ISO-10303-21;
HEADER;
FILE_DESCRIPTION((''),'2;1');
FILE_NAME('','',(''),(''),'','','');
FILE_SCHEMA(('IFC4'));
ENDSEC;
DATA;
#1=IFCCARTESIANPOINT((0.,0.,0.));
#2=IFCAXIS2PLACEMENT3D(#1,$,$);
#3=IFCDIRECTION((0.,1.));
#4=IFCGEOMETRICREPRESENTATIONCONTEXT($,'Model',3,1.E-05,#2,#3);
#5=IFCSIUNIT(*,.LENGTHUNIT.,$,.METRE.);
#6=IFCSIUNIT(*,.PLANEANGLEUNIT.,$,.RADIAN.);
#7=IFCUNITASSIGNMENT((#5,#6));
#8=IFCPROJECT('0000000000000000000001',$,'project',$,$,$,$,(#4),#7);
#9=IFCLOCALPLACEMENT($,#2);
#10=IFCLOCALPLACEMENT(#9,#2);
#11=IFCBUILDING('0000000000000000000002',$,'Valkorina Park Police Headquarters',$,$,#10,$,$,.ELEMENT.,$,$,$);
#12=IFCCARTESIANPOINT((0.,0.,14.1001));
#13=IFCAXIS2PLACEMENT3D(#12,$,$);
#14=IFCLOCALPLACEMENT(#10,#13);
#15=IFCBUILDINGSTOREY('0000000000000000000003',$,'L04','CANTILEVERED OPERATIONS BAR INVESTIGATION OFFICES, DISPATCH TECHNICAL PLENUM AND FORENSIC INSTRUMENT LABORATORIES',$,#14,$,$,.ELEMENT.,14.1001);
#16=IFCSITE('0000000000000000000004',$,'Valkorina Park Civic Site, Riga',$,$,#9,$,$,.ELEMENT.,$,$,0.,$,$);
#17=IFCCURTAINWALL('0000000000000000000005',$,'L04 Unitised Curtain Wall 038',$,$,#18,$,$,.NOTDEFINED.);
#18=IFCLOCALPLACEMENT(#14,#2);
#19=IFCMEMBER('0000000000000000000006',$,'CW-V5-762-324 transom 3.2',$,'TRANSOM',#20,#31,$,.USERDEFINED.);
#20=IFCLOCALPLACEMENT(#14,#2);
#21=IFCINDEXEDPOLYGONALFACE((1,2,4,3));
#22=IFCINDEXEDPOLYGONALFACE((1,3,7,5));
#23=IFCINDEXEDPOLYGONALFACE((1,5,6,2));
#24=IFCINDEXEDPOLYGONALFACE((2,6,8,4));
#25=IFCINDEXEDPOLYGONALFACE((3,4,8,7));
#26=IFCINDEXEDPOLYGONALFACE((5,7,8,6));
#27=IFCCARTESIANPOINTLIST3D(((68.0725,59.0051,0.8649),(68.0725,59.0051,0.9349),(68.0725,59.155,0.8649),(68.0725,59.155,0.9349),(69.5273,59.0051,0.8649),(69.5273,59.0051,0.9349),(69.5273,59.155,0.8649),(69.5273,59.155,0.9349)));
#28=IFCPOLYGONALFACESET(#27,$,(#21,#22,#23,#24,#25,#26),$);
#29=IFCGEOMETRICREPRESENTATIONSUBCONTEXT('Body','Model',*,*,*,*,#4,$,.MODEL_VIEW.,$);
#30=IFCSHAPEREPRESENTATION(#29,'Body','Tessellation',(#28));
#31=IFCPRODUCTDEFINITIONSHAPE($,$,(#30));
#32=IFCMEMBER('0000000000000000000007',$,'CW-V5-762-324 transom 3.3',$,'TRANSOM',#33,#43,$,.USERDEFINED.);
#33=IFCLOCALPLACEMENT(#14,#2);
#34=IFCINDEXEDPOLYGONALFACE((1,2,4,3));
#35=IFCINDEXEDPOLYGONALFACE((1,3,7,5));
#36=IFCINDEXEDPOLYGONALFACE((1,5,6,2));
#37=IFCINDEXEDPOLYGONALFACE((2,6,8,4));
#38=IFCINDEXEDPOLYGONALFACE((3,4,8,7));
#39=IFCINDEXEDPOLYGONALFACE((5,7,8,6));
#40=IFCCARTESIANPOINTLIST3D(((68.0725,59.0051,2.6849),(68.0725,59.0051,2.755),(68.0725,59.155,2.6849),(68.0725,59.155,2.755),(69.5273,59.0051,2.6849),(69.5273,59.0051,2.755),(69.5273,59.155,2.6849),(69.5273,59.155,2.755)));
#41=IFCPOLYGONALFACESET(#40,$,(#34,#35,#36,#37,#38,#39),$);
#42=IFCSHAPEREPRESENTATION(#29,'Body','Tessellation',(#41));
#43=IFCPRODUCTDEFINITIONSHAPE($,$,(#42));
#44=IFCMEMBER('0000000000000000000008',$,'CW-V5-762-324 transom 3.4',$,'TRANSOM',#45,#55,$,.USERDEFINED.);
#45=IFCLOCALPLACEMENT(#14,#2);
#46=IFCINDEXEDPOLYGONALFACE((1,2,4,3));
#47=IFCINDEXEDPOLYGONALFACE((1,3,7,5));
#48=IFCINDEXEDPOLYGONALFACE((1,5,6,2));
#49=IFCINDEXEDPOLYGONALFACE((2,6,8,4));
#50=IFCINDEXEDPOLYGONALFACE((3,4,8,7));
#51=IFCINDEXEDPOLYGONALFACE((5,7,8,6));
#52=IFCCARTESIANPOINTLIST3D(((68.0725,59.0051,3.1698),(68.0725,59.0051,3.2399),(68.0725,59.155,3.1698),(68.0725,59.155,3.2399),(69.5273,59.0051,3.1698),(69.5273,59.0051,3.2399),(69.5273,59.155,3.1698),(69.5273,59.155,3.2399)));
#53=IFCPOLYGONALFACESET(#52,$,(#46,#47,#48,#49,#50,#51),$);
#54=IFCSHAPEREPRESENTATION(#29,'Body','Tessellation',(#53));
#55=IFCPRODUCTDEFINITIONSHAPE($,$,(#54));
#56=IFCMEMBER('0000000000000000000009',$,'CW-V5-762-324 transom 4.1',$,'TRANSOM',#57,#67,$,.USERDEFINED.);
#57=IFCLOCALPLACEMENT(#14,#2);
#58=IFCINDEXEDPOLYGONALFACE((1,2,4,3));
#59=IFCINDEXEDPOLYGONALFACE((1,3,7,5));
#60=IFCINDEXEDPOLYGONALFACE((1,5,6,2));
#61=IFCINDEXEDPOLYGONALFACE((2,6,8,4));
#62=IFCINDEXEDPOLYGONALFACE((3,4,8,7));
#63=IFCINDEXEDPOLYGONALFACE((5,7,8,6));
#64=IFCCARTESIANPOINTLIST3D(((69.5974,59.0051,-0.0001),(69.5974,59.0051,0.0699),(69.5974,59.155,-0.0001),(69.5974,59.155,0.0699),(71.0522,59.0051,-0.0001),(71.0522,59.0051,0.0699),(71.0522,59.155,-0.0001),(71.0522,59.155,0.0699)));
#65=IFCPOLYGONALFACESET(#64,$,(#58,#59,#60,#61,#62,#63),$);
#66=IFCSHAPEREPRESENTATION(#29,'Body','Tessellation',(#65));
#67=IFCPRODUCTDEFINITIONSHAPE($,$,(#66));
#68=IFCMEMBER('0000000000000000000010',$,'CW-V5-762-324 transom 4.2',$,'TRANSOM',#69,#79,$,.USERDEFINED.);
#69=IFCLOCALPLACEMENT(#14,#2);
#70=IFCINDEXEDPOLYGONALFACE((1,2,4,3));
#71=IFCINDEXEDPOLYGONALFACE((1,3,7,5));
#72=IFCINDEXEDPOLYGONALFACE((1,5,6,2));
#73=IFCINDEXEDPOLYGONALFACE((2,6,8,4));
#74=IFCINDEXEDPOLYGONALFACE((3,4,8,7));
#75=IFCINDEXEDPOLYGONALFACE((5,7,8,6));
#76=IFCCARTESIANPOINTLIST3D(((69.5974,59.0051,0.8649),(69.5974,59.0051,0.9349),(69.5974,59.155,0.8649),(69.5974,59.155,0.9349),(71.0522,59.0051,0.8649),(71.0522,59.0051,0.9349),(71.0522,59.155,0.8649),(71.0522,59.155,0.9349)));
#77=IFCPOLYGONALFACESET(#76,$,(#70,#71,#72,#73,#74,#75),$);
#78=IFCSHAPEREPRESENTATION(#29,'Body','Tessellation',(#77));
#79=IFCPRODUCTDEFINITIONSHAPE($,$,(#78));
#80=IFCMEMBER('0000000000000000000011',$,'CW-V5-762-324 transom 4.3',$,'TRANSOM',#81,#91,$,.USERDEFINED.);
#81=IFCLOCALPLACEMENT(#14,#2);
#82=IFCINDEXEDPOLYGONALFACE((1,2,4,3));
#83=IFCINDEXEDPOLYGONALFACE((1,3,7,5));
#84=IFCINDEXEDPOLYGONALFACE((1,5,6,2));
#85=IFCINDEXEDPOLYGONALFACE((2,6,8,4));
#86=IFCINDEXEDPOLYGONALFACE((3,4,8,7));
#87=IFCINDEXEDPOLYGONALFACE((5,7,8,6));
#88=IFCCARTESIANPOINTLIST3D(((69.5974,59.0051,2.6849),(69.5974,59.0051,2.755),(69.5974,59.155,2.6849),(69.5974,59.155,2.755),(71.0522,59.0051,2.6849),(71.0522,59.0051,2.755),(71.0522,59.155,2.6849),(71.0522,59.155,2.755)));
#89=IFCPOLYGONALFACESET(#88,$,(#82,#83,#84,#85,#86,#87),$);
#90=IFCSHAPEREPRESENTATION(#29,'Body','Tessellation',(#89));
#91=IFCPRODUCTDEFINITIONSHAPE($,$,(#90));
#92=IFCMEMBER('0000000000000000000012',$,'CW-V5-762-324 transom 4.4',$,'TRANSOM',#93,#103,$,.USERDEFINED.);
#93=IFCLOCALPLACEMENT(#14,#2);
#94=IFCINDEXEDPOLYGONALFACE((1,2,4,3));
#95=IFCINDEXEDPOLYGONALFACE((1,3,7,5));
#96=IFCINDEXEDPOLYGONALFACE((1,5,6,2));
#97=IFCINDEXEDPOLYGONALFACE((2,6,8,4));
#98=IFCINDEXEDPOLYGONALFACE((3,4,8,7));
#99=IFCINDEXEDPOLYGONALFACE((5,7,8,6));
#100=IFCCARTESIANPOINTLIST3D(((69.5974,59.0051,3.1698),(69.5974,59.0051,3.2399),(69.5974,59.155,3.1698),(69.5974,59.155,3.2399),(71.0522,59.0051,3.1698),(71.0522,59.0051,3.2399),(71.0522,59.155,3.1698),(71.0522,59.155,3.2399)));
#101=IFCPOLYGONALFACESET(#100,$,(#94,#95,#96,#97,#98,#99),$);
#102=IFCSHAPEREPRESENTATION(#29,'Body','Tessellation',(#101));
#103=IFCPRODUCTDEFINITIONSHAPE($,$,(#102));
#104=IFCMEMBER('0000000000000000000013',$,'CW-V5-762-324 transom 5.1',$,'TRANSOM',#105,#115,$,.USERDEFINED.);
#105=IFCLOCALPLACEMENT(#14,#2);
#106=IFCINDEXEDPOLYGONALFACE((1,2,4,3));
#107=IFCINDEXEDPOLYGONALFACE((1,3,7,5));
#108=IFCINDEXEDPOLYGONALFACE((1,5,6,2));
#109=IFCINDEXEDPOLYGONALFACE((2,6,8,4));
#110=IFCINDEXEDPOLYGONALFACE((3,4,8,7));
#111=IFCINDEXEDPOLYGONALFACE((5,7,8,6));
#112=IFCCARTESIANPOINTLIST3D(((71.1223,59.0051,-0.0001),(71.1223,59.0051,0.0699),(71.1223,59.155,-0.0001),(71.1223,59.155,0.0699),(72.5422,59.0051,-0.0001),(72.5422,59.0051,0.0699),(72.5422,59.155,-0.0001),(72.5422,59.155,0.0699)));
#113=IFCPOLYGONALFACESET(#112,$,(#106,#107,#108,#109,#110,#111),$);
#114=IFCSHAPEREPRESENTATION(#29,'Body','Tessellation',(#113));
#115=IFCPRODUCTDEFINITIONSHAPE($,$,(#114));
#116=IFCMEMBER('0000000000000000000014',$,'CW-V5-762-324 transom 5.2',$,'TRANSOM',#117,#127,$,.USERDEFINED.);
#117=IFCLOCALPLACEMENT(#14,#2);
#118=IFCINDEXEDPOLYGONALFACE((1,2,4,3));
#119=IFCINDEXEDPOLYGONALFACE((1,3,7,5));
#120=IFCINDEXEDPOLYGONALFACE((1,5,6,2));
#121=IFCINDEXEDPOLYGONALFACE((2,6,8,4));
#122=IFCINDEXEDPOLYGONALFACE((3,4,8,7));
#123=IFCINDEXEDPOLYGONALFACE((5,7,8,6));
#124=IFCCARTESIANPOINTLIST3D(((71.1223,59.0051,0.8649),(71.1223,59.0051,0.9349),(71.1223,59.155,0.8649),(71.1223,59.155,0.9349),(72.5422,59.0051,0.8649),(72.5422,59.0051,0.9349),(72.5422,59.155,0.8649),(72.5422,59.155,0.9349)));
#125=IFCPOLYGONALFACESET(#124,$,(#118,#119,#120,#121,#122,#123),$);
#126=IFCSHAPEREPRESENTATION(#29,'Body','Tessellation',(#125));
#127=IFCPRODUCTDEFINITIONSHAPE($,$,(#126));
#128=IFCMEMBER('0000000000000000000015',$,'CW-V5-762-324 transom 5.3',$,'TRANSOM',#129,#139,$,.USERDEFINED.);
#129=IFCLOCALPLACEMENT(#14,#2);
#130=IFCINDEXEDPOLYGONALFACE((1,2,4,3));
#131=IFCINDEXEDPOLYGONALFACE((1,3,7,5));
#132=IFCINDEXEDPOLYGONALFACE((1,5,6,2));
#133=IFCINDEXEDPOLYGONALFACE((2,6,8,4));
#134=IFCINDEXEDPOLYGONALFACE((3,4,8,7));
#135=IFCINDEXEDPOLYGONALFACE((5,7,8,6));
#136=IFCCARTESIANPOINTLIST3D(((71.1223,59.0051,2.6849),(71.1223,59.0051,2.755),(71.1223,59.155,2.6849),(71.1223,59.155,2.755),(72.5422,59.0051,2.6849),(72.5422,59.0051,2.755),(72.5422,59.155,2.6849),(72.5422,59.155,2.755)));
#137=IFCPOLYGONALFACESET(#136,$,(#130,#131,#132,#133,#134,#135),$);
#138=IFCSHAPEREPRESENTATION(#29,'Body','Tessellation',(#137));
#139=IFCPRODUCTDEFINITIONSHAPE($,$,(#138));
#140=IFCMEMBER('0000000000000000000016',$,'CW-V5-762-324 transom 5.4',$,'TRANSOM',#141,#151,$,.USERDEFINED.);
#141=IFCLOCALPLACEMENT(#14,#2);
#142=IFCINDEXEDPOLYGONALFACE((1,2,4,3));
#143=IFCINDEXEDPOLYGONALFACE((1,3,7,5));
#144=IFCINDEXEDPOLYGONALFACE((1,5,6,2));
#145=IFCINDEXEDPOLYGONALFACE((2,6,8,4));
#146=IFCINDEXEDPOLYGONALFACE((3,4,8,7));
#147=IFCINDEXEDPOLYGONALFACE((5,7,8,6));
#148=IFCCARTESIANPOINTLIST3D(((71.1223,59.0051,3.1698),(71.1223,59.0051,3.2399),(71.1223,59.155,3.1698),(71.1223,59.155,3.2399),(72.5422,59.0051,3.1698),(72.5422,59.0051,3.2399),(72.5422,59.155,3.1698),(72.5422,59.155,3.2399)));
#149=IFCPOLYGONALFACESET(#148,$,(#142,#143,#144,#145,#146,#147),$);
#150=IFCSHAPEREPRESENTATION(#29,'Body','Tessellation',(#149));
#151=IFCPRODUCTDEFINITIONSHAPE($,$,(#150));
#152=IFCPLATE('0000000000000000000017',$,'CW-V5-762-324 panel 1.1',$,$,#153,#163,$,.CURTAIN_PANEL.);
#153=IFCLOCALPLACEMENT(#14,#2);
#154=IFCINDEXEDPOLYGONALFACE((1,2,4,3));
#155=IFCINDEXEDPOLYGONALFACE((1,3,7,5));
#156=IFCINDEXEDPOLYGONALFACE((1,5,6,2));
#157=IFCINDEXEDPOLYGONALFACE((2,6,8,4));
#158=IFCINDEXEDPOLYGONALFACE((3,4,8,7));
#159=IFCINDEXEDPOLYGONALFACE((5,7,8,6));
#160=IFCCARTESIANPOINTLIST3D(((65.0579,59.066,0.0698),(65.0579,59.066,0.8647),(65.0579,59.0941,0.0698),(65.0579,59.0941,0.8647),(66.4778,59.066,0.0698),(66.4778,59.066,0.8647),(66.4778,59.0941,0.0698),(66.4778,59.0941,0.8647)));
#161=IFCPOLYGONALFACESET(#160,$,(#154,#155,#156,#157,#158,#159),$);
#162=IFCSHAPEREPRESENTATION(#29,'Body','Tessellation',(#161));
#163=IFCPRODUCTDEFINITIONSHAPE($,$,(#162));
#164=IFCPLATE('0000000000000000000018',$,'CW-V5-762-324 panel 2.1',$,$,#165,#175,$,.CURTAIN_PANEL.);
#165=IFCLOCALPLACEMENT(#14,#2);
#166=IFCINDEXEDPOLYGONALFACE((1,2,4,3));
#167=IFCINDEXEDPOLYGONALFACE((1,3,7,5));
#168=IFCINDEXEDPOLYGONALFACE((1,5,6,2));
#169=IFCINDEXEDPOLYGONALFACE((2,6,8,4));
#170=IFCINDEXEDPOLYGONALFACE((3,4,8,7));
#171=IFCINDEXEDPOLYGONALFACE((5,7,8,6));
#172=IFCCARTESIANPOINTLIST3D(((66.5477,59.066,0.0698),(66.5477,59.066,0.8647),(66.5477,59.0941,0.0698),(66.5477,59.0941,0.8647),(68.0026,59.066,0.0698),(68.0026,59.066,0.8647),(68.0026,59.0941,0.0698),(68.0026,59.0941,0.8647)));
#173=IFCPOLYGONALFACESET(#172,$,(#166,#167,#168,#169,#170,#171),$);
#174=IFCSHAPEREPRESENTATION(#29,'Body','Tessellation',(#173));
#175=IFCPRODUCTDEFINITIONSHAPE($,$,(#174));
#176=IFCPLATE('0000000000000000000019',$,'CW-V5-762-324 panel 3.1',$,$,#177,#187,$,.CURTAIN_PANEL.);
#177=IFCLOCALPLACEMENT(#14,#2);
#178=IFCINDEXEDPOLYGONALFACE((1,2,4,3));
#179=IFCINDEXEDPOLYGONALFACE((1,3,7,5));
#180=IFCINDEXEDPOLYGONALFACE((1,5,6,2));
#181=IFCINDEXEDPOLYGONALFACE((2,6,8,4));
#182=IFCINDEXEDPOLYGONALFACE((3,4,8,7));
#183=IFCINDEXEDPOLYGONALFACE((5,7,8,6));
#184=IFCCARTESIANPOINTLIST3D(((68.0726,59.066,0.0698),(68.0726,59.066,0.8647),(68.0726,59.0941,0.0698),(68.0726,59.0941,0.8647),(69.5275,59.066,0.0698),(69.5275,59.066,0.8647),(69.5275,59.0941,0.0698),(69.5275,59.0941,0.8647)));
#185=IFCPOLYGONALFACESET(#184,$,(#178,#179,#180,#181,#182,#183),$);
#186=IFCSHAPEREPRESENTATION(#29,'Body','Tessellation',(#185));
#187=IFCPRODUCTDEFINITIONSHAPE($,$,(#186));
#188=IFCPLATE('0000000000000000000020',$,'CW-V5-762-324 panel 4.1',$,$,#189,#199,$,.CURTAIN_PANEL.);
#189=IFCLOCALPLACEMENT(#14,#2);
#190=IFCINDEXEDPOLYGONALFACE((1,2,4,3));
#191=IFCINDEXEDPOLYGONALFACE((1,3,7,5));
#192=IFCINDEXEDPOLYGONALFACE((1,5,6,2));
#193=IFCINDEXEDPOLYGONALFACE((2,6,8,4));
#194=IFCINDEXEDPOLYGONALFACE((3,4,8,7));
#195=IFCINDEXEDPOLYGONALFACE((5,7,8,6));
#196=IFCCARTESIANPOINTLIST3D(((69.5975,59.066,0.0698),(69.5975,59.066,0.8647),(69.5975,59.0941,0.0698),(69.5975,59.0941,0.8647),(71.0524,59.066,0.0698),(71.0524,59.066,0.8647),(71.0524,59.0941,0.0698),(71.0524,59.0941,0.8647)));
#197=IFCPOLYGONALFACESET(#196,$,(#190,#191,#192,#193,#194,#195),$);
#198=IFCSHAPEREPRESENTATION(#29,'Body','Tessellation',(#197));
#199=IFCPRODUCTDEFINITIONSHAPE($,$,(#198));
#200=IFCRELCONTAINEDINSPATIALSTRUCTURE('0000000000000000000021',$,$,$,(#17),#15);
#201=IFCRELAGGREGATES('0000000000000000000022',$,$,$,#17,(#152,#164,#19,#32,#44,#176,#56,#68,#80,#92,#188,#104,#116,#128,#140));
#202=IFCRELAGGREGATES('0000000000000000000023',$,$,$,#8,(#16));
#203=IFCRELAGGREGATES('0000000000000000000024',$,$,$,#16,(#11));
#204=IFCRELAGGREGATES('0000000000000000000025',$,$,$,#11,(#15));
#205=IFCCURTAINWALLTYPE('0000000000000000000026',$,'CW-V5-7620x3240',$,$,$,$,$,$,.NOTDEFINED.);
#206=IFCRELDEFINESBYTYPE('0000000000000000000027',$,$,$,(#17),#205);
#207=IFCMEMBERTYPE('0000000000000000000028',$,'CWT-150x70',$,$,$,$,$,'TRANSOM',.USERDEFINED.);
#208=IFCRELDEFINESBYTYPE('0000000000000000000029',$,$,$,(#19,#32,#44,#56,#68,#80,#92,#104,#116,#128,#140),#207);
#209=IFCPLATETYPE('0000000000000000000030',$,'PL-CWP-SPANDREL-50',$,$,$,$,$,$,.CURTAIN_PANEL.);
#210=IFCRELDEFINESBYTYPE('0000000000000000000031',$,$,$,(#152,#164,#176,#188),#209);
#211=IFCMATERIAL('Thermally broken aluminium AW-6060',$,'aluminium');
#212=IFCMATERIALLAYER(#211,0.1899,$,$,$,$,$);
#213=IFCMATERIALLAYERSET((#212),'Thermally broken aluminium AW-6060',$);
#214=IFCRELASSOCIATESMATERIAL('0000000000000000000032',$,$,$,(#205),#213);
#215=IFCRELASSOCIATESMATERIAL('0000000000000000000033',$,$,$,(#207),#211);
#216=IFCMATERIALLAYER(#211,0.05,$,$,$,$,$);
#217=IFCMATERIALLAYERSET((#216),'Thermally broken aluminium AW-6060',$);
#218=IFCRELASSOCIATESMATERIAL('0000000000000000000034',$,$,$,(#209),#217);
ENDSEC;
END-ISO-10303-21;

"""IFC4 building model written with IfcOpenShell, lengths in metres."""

from ifc_helpers import new_model, si_unit, direction, frame, origin, origin_2d, place, context, subcontext, project, spatial, rectangle, extrude, material, layer, layer_set, material_profile, profile_set, type_object, element, aggregate, save


model = new_model("IFC4")

# Units and contexts
model_context = context("Model", 3, precision=1e-05, world=origin(), true_north=direction((0.0, 1.0)))
body_context = subcontext(model_context, "Body", "Model", "MODEL_VIEW")
ifc_project = project(units=[si_unit("LENGTHUNIT", "METRE"), si_unit("PLANEANGLEUNIT", "RADIAN")], contexts=[model_context])

# Site, building, storey
site_placement = place(None, origin())
site = spatial("IfcSite", under=ifc_project, at=site_placement, Name="Valkorina Park Civic Site, Riga", CompositionType="ELEMENT", RefElevation=0.0)
building_placement = place(site_placement, origin())
building = spatial("IfcBuilding", under=site, at=building_placement, Name="Valkorina Park Police Headquarters", CompositionType="ELEMENT")
storey_placement = place(building_placement, frame((0.0, 0.0, 14.1001)))
storey = spatial("IfcBuildingStorey", under=building, at=storey_placement, Name="L04", Description="CANTILEVERED OPERATIONS BAR INVESTIGATION OFFICES, DISPATCH TECHNICAL PLENUM AND FORENSIC INSTRUMENT LABORATORIES", CompositionType="ELEMENT", Elevation=14.1001)

# Shared definitions
ifc_material_1 = material(Name="Thermally broken aluminium AW-6060", Category="aluminium")

# Curtain wall, members, plates
ifc_layer_1 = layer(ifc_material_1, 0.1899)
ifc_layer_set_1 = layer_set([ifc_layer_1], Name="Thermally broken aluminium AW-6060")
curtain_wall_type_1 = type_object("IfcCurtainWallType", Name="CW-V5-7620x3240", PredefinedType="NOTDEFINED", material=ifc_layer_set_1)
curtain_wall_1_placement = place(storey_placement, origin())
curtain_wall_1 = element("IfcCurtainWall", 1, at=curtain_wall_1_placement, inside=storey, type_object=curtain_wall_type_1, Name="L04 Unitised Curtain Wall 038", PredefinedType="NOTDEFINED")
ifc_material_profile_1 = material_profile(ifc_material_1, rectangle(XDim=0.1499, YDim=0.0701, at=origin_2d()), Name="CWT-02 150x70")
ifc_profile_set_1 = profile_set([ifc_material_profile_1], Name="Thermally broken aluminium AW-6060")
member_type_1 = type_object("IfcMemberType", Name="CWT-150x70", ElementType="TRANSOM", PredefinedType="USERDEFINED", material=ifc_profile_set_1)
member_1_placement = place(storey_placement, frame((68.0725, 59.0801, 0.8999), z_axis=(1.0, 0.0, 0.0), x_axis=(0.0, 1.0, 0.0)))
member_1 = element("IfcMember", 2, at=member_1_placement, type_object=member_type_1, Name="CW-V5-762-324 transom 3.2", ObjectType="TRANSOM", PredefinedType="USERDEFINED", context=body_context, shape_type="SweptSolid", body=[
    extrude(rectangle(XDim=0.1499, YDim=0.0701, at=origin_2d()), origin(), (0.0, 0.0, 1.0), 1.4548),
])
member_2_placement = place(storey_placement, frame((68.0725, 59.0801, 2.72), z_axis=(1.0, 0.0, 0.0), x_axis=(0.0, 1.0, 0.0)))
member_2 = element("IfcMember", 3, at=member_2_placement, type_object=member_type_1, Name="CW-V5-762-324 transom 3.3", ObjectType="TRANSOM", PredefinedType="USERDEFINED", context=body_context, shape_type="SweptSolid", body=[
    extrude(rectangle(XDim=0.1499, YDim=0.0701, at=origin_2d()), origin(), (0.0, 0.0, 1.0), 1.4548),
])
member_3_placement = place(storey_placement, frame((68.0725, 59.0801, 3.2048), z_axis=(1.0, 0.0, 0.0), x_axis=(0.0, 1.0, 0.0)))
member_3 = element("IfcMember", 4, at=member_3_placement, type_object=member_type_1, Name="CW-V5-762-324 transom 3.4", ObjectType="TRANSOM", PredefinedType="USERDEFINED", context=body_context, shape_type="SweptSolid", body=[
    extrude(rectangle(XDim=0.1499, YDim=0.0701, at=origin_2d()), origin(), (0.0, 0.0, 1.0), 1.4548),
])
member_4_placement = place(storey_placement, frame((69.5974, 59.0801, 0.0349), z_axis=(1.0, 0.0, 0.0), x_axis=(0.0, 1.0, 0.0)))
member_4 = element("IfcMember", 5, at=member_4_placement, type_object=member_type_1, Name="CW-V5-762-324 transom 4.1", ObjectType="TRANSOM", PredefinedType="USERDEFINED", context=body_context, shape_type="SweptSolid", body=[
    extrude(rectangle(XDim=0.1499, YDim=0.0701, at=origin_2d()), origin(), (0.0, 0.0, 1.0), 1.4548),
])
member_5_placement = place(storey_placement, frame((69.5974, 59.0801, 0.8999), z_axis=(1.0, 0.0, 0.0), x_axis=(0.0, 1.0, 0.0)))
member_5 = element("IfcMember", 6, at=member_5_placement, type_object=member_type_1, Name="CW-V5-762-324 transom 4.2", ObjectType="TRANSOM", PredefinedType="USERDEFINED", context=body_context, shape_type="SweptSolid", body=[
    extrude(rectangle(XDim=0.1499, YDim=0.0701, at=origin_2d()), origin(), (0.0, 0.0, 1.0), 1.4548),
])
member_6_placement = place(storey_placement, frame((69.5974, 59.0801, 2.72), z_axis=(1.0, 0.0, 0.0), x_axis=(0.0, 1.0, 0.0)))
member_6 = element("IfcMember", 7, at=member_6_placement, type_object=member_type_1, Name="CW-V5-762-324 transom 4.3", ObjectType="TRANSOM", PredefinedType="USERDEFINED", context=body_context, shape_type="SweptSolid", body=[
    extrude(rectangle(XDim=0.1499, YDim=0.0701, at=origin_2d()), origin(), (0.0, 0.0, 1.0), 1.4548),
])
member_7_placement = place(storey_placement, frame((69.5974, 59.0801, 3.2048), z_axis=(1.0, 0.0, 0.0), x_axis=(0.0, 1.0, 0.0)))
member_7 = element("IfcMember", 8, at=member_7_placement, type_object=member_type_1, Name="CW-V5-762-324 transom 4.4", ObjectType="TRANSOM", PredefinedType="USERDEFINED", context=body_context, shape_type="SweptSolid", body=[
    extrude(rectangle(XDim=0.1499, YDim=0.0701, at=origin_2d()), origin(), (0.0, 0.0, 1.0), 1.4548),
])
member_8_placement = place(storey_placement, frame((71.1223, 59.0801, 0.0349), z_axis=(1.0, 0.0, 0.0), x_axis=(0.0, 1.0, 0.0)))
member_8 = element("IfcMember", 9, at=member_8_placement, type_object=member_type_1, Name="CW-V5-762-324 transom 5.1", ObjectType="TRANSOM", PredefinedType="USERDEFINED", context=body_context, shape_type="SweptSolid", body=[
    extrude(rectangle(XDim=0.1499, YDim=0.0701, at=origin_2d()), origin(), (0.0, 0.0, 1.0), 1.4199),
])
member_9_placement = place(storey_placement, frame((71.1223, 59.0801, 0.8999), z_axis=(1.0, 0.0, 0.0), x_axis=(0.0, 1.0, 0.0)))
member_9 = element("IfcMember", 10, at=member_9_placement, type_object=member_type_1, Name="CW-V5-762-324 transom 5.2", ObjectType="TRANSOM", PredefinedType="USERDEFINED", context=body_context, shape_type="SweptSolid", body=[
    extrude(rectangle(XDim=0.1499, YDim=0.0701, at=origin_2d()), origin(), (0.0, 0.0, 1.0), 1.4199),
])
member_10_placement = place(storey_placement, frame((71.1223, 59.0801, 2.72), z_axis=(1.0, 0.0, 0.0), x_axis=(0.0, 1.0, 0.0)))
member_10 = element("IfcMember", 11, at=member_10_placement, type_object=member_type_1, Name="CW-V5-762-324 transom 5.3", ObjectType="TRANSOM", PredefinedType="USERDEFINED", context=body_context, shape_type="SweptSolid", body=[
    extrude(rectangle(XDim=0.1499, YDim=0.0701, at=origin_2d()), origin(), (0.0, 0.0, 1.0), 1.4199),
])
member_11_placement = place(storey_placement, frame((71.1223, 59.0801, 3.2048), z_axis=(1.0, 0.0, 0.0), x_axis=(0.0, 1.0, 0.0)))
member_11 = element("IfcMember", 12, at=member_11_placement, type_object=member_type_1, Name="CW-V5-762-324 transom 5.4", ObjectType="TRANSOM", PredefinedType="USERDEFINED", context=body_context, shape_type="SweptSolid", body=[
    extrude(rectangle(XDim=0.1499, YDim=0.0701, at=origin_2d()), origin(), (0.0, 0.0, 1.0), 1.4199),
])
ifc_layer_2 = layer(ifc_material_1, 0.05)
ifc_layer_set_2 = layer_set([ifc_layer_2], Name="Thermally broken aluminium AW-6060")
plate_type_1 = type_object("IfcPlateType", Name="PL-CWP-SPANDREL-50", PredefinedType="CURTAIN_PANEL", material=ifc_layer_set_2)
plate_1_placement = place(storey_placement, frame((65.7678, 59.0801, 0.0698), z_axis=(0.0, 0.0, 1.0), x_axis=(1.0, 0.0, 0.0)))
plate_1 = element("IfcPlate", 13, at=plate_1_placement, type_object=plate_type_1, Name="CW-V5-762-324 panel 1.1", PredefinedType="CURTAIN_PANEL", context=body_context, shape_type="SweptSolid", body=[
    extrude(rectangle(XDim=1.4199, YDim=0.0281, at=origin_2d()), origin(), (0.0, 0.0, 1.0), 0.7949),
])
plate_2_placement = place(storey_placement, frame((67.2751, 59.0801, 0.0698), z_axis=(0.0, 0.0, 1.0), x_axis=(1.0, 0.0, 0.0)))
plate_2 = element("IfcPlate", 14, at=plate_2_placement, type_object=plate_type_1, Name="CW-V5-762-324 panel 2.1", PredefinedType="CURTAIN_PANEL", context=body_context, shape_type="SweptSolid", body=[
    extrude(rectangle(XDim=1.4548, YDim=0.0281, at=origin_2d()), origin(), (0.0, 0.0, 1.0), 0.7949),
])
plate_3_placement = place(storey_placement, frame((68.8, 59.0801, 0.0698), z_axis=(0.0, 0.0, 1.0), x_axis=(1.0, 0.0, 0.0)))
plate_3 = element("IfcPlate", 15, at=plate_3_placement, type_object=plate_type_1, Name="CW-V5-762-324 panel 3.1", PredefinedType="CURTAIN_PANEL", context=body_context, shape_type="SweptSolid", body=[
    extrude(rectangle(XDim=1.4548, YDim=0.0281, at=origin_2d()), origin(), (0.0, 0.0, 1.0), 0.7949),
])
plate_4_placement = place(storey_placement, frame((70.325, 59.0801, 0.0698), z_axis=(0.0, 0.0, 1.0), x_axis=(1.0, 0.0, 0.0)))
plate_4 = element("IfcPlate", 16, at=plate_4_placement, type_object=plate_type_1, Name="CW-V5-762-324 panel 4.1", PredefinedType="CURTAIN_PANEL", context=body_context, shape_type="SweptSolid", body=[
    extrude(rectangle(XDim=1.4548, YDim=0.0281, at=origin_2d()), origin(), (0.0, 0.0, 1.0), 0.7949),
])

aggregate(curtain_wall_1, [plate_1, plate_2, member_1, member_2, member_3, plate_3, member_4, member_5, member_6, member_7, plate_4, member_8, member_9, member_10, member_11])

save(model, "model.ifc")
